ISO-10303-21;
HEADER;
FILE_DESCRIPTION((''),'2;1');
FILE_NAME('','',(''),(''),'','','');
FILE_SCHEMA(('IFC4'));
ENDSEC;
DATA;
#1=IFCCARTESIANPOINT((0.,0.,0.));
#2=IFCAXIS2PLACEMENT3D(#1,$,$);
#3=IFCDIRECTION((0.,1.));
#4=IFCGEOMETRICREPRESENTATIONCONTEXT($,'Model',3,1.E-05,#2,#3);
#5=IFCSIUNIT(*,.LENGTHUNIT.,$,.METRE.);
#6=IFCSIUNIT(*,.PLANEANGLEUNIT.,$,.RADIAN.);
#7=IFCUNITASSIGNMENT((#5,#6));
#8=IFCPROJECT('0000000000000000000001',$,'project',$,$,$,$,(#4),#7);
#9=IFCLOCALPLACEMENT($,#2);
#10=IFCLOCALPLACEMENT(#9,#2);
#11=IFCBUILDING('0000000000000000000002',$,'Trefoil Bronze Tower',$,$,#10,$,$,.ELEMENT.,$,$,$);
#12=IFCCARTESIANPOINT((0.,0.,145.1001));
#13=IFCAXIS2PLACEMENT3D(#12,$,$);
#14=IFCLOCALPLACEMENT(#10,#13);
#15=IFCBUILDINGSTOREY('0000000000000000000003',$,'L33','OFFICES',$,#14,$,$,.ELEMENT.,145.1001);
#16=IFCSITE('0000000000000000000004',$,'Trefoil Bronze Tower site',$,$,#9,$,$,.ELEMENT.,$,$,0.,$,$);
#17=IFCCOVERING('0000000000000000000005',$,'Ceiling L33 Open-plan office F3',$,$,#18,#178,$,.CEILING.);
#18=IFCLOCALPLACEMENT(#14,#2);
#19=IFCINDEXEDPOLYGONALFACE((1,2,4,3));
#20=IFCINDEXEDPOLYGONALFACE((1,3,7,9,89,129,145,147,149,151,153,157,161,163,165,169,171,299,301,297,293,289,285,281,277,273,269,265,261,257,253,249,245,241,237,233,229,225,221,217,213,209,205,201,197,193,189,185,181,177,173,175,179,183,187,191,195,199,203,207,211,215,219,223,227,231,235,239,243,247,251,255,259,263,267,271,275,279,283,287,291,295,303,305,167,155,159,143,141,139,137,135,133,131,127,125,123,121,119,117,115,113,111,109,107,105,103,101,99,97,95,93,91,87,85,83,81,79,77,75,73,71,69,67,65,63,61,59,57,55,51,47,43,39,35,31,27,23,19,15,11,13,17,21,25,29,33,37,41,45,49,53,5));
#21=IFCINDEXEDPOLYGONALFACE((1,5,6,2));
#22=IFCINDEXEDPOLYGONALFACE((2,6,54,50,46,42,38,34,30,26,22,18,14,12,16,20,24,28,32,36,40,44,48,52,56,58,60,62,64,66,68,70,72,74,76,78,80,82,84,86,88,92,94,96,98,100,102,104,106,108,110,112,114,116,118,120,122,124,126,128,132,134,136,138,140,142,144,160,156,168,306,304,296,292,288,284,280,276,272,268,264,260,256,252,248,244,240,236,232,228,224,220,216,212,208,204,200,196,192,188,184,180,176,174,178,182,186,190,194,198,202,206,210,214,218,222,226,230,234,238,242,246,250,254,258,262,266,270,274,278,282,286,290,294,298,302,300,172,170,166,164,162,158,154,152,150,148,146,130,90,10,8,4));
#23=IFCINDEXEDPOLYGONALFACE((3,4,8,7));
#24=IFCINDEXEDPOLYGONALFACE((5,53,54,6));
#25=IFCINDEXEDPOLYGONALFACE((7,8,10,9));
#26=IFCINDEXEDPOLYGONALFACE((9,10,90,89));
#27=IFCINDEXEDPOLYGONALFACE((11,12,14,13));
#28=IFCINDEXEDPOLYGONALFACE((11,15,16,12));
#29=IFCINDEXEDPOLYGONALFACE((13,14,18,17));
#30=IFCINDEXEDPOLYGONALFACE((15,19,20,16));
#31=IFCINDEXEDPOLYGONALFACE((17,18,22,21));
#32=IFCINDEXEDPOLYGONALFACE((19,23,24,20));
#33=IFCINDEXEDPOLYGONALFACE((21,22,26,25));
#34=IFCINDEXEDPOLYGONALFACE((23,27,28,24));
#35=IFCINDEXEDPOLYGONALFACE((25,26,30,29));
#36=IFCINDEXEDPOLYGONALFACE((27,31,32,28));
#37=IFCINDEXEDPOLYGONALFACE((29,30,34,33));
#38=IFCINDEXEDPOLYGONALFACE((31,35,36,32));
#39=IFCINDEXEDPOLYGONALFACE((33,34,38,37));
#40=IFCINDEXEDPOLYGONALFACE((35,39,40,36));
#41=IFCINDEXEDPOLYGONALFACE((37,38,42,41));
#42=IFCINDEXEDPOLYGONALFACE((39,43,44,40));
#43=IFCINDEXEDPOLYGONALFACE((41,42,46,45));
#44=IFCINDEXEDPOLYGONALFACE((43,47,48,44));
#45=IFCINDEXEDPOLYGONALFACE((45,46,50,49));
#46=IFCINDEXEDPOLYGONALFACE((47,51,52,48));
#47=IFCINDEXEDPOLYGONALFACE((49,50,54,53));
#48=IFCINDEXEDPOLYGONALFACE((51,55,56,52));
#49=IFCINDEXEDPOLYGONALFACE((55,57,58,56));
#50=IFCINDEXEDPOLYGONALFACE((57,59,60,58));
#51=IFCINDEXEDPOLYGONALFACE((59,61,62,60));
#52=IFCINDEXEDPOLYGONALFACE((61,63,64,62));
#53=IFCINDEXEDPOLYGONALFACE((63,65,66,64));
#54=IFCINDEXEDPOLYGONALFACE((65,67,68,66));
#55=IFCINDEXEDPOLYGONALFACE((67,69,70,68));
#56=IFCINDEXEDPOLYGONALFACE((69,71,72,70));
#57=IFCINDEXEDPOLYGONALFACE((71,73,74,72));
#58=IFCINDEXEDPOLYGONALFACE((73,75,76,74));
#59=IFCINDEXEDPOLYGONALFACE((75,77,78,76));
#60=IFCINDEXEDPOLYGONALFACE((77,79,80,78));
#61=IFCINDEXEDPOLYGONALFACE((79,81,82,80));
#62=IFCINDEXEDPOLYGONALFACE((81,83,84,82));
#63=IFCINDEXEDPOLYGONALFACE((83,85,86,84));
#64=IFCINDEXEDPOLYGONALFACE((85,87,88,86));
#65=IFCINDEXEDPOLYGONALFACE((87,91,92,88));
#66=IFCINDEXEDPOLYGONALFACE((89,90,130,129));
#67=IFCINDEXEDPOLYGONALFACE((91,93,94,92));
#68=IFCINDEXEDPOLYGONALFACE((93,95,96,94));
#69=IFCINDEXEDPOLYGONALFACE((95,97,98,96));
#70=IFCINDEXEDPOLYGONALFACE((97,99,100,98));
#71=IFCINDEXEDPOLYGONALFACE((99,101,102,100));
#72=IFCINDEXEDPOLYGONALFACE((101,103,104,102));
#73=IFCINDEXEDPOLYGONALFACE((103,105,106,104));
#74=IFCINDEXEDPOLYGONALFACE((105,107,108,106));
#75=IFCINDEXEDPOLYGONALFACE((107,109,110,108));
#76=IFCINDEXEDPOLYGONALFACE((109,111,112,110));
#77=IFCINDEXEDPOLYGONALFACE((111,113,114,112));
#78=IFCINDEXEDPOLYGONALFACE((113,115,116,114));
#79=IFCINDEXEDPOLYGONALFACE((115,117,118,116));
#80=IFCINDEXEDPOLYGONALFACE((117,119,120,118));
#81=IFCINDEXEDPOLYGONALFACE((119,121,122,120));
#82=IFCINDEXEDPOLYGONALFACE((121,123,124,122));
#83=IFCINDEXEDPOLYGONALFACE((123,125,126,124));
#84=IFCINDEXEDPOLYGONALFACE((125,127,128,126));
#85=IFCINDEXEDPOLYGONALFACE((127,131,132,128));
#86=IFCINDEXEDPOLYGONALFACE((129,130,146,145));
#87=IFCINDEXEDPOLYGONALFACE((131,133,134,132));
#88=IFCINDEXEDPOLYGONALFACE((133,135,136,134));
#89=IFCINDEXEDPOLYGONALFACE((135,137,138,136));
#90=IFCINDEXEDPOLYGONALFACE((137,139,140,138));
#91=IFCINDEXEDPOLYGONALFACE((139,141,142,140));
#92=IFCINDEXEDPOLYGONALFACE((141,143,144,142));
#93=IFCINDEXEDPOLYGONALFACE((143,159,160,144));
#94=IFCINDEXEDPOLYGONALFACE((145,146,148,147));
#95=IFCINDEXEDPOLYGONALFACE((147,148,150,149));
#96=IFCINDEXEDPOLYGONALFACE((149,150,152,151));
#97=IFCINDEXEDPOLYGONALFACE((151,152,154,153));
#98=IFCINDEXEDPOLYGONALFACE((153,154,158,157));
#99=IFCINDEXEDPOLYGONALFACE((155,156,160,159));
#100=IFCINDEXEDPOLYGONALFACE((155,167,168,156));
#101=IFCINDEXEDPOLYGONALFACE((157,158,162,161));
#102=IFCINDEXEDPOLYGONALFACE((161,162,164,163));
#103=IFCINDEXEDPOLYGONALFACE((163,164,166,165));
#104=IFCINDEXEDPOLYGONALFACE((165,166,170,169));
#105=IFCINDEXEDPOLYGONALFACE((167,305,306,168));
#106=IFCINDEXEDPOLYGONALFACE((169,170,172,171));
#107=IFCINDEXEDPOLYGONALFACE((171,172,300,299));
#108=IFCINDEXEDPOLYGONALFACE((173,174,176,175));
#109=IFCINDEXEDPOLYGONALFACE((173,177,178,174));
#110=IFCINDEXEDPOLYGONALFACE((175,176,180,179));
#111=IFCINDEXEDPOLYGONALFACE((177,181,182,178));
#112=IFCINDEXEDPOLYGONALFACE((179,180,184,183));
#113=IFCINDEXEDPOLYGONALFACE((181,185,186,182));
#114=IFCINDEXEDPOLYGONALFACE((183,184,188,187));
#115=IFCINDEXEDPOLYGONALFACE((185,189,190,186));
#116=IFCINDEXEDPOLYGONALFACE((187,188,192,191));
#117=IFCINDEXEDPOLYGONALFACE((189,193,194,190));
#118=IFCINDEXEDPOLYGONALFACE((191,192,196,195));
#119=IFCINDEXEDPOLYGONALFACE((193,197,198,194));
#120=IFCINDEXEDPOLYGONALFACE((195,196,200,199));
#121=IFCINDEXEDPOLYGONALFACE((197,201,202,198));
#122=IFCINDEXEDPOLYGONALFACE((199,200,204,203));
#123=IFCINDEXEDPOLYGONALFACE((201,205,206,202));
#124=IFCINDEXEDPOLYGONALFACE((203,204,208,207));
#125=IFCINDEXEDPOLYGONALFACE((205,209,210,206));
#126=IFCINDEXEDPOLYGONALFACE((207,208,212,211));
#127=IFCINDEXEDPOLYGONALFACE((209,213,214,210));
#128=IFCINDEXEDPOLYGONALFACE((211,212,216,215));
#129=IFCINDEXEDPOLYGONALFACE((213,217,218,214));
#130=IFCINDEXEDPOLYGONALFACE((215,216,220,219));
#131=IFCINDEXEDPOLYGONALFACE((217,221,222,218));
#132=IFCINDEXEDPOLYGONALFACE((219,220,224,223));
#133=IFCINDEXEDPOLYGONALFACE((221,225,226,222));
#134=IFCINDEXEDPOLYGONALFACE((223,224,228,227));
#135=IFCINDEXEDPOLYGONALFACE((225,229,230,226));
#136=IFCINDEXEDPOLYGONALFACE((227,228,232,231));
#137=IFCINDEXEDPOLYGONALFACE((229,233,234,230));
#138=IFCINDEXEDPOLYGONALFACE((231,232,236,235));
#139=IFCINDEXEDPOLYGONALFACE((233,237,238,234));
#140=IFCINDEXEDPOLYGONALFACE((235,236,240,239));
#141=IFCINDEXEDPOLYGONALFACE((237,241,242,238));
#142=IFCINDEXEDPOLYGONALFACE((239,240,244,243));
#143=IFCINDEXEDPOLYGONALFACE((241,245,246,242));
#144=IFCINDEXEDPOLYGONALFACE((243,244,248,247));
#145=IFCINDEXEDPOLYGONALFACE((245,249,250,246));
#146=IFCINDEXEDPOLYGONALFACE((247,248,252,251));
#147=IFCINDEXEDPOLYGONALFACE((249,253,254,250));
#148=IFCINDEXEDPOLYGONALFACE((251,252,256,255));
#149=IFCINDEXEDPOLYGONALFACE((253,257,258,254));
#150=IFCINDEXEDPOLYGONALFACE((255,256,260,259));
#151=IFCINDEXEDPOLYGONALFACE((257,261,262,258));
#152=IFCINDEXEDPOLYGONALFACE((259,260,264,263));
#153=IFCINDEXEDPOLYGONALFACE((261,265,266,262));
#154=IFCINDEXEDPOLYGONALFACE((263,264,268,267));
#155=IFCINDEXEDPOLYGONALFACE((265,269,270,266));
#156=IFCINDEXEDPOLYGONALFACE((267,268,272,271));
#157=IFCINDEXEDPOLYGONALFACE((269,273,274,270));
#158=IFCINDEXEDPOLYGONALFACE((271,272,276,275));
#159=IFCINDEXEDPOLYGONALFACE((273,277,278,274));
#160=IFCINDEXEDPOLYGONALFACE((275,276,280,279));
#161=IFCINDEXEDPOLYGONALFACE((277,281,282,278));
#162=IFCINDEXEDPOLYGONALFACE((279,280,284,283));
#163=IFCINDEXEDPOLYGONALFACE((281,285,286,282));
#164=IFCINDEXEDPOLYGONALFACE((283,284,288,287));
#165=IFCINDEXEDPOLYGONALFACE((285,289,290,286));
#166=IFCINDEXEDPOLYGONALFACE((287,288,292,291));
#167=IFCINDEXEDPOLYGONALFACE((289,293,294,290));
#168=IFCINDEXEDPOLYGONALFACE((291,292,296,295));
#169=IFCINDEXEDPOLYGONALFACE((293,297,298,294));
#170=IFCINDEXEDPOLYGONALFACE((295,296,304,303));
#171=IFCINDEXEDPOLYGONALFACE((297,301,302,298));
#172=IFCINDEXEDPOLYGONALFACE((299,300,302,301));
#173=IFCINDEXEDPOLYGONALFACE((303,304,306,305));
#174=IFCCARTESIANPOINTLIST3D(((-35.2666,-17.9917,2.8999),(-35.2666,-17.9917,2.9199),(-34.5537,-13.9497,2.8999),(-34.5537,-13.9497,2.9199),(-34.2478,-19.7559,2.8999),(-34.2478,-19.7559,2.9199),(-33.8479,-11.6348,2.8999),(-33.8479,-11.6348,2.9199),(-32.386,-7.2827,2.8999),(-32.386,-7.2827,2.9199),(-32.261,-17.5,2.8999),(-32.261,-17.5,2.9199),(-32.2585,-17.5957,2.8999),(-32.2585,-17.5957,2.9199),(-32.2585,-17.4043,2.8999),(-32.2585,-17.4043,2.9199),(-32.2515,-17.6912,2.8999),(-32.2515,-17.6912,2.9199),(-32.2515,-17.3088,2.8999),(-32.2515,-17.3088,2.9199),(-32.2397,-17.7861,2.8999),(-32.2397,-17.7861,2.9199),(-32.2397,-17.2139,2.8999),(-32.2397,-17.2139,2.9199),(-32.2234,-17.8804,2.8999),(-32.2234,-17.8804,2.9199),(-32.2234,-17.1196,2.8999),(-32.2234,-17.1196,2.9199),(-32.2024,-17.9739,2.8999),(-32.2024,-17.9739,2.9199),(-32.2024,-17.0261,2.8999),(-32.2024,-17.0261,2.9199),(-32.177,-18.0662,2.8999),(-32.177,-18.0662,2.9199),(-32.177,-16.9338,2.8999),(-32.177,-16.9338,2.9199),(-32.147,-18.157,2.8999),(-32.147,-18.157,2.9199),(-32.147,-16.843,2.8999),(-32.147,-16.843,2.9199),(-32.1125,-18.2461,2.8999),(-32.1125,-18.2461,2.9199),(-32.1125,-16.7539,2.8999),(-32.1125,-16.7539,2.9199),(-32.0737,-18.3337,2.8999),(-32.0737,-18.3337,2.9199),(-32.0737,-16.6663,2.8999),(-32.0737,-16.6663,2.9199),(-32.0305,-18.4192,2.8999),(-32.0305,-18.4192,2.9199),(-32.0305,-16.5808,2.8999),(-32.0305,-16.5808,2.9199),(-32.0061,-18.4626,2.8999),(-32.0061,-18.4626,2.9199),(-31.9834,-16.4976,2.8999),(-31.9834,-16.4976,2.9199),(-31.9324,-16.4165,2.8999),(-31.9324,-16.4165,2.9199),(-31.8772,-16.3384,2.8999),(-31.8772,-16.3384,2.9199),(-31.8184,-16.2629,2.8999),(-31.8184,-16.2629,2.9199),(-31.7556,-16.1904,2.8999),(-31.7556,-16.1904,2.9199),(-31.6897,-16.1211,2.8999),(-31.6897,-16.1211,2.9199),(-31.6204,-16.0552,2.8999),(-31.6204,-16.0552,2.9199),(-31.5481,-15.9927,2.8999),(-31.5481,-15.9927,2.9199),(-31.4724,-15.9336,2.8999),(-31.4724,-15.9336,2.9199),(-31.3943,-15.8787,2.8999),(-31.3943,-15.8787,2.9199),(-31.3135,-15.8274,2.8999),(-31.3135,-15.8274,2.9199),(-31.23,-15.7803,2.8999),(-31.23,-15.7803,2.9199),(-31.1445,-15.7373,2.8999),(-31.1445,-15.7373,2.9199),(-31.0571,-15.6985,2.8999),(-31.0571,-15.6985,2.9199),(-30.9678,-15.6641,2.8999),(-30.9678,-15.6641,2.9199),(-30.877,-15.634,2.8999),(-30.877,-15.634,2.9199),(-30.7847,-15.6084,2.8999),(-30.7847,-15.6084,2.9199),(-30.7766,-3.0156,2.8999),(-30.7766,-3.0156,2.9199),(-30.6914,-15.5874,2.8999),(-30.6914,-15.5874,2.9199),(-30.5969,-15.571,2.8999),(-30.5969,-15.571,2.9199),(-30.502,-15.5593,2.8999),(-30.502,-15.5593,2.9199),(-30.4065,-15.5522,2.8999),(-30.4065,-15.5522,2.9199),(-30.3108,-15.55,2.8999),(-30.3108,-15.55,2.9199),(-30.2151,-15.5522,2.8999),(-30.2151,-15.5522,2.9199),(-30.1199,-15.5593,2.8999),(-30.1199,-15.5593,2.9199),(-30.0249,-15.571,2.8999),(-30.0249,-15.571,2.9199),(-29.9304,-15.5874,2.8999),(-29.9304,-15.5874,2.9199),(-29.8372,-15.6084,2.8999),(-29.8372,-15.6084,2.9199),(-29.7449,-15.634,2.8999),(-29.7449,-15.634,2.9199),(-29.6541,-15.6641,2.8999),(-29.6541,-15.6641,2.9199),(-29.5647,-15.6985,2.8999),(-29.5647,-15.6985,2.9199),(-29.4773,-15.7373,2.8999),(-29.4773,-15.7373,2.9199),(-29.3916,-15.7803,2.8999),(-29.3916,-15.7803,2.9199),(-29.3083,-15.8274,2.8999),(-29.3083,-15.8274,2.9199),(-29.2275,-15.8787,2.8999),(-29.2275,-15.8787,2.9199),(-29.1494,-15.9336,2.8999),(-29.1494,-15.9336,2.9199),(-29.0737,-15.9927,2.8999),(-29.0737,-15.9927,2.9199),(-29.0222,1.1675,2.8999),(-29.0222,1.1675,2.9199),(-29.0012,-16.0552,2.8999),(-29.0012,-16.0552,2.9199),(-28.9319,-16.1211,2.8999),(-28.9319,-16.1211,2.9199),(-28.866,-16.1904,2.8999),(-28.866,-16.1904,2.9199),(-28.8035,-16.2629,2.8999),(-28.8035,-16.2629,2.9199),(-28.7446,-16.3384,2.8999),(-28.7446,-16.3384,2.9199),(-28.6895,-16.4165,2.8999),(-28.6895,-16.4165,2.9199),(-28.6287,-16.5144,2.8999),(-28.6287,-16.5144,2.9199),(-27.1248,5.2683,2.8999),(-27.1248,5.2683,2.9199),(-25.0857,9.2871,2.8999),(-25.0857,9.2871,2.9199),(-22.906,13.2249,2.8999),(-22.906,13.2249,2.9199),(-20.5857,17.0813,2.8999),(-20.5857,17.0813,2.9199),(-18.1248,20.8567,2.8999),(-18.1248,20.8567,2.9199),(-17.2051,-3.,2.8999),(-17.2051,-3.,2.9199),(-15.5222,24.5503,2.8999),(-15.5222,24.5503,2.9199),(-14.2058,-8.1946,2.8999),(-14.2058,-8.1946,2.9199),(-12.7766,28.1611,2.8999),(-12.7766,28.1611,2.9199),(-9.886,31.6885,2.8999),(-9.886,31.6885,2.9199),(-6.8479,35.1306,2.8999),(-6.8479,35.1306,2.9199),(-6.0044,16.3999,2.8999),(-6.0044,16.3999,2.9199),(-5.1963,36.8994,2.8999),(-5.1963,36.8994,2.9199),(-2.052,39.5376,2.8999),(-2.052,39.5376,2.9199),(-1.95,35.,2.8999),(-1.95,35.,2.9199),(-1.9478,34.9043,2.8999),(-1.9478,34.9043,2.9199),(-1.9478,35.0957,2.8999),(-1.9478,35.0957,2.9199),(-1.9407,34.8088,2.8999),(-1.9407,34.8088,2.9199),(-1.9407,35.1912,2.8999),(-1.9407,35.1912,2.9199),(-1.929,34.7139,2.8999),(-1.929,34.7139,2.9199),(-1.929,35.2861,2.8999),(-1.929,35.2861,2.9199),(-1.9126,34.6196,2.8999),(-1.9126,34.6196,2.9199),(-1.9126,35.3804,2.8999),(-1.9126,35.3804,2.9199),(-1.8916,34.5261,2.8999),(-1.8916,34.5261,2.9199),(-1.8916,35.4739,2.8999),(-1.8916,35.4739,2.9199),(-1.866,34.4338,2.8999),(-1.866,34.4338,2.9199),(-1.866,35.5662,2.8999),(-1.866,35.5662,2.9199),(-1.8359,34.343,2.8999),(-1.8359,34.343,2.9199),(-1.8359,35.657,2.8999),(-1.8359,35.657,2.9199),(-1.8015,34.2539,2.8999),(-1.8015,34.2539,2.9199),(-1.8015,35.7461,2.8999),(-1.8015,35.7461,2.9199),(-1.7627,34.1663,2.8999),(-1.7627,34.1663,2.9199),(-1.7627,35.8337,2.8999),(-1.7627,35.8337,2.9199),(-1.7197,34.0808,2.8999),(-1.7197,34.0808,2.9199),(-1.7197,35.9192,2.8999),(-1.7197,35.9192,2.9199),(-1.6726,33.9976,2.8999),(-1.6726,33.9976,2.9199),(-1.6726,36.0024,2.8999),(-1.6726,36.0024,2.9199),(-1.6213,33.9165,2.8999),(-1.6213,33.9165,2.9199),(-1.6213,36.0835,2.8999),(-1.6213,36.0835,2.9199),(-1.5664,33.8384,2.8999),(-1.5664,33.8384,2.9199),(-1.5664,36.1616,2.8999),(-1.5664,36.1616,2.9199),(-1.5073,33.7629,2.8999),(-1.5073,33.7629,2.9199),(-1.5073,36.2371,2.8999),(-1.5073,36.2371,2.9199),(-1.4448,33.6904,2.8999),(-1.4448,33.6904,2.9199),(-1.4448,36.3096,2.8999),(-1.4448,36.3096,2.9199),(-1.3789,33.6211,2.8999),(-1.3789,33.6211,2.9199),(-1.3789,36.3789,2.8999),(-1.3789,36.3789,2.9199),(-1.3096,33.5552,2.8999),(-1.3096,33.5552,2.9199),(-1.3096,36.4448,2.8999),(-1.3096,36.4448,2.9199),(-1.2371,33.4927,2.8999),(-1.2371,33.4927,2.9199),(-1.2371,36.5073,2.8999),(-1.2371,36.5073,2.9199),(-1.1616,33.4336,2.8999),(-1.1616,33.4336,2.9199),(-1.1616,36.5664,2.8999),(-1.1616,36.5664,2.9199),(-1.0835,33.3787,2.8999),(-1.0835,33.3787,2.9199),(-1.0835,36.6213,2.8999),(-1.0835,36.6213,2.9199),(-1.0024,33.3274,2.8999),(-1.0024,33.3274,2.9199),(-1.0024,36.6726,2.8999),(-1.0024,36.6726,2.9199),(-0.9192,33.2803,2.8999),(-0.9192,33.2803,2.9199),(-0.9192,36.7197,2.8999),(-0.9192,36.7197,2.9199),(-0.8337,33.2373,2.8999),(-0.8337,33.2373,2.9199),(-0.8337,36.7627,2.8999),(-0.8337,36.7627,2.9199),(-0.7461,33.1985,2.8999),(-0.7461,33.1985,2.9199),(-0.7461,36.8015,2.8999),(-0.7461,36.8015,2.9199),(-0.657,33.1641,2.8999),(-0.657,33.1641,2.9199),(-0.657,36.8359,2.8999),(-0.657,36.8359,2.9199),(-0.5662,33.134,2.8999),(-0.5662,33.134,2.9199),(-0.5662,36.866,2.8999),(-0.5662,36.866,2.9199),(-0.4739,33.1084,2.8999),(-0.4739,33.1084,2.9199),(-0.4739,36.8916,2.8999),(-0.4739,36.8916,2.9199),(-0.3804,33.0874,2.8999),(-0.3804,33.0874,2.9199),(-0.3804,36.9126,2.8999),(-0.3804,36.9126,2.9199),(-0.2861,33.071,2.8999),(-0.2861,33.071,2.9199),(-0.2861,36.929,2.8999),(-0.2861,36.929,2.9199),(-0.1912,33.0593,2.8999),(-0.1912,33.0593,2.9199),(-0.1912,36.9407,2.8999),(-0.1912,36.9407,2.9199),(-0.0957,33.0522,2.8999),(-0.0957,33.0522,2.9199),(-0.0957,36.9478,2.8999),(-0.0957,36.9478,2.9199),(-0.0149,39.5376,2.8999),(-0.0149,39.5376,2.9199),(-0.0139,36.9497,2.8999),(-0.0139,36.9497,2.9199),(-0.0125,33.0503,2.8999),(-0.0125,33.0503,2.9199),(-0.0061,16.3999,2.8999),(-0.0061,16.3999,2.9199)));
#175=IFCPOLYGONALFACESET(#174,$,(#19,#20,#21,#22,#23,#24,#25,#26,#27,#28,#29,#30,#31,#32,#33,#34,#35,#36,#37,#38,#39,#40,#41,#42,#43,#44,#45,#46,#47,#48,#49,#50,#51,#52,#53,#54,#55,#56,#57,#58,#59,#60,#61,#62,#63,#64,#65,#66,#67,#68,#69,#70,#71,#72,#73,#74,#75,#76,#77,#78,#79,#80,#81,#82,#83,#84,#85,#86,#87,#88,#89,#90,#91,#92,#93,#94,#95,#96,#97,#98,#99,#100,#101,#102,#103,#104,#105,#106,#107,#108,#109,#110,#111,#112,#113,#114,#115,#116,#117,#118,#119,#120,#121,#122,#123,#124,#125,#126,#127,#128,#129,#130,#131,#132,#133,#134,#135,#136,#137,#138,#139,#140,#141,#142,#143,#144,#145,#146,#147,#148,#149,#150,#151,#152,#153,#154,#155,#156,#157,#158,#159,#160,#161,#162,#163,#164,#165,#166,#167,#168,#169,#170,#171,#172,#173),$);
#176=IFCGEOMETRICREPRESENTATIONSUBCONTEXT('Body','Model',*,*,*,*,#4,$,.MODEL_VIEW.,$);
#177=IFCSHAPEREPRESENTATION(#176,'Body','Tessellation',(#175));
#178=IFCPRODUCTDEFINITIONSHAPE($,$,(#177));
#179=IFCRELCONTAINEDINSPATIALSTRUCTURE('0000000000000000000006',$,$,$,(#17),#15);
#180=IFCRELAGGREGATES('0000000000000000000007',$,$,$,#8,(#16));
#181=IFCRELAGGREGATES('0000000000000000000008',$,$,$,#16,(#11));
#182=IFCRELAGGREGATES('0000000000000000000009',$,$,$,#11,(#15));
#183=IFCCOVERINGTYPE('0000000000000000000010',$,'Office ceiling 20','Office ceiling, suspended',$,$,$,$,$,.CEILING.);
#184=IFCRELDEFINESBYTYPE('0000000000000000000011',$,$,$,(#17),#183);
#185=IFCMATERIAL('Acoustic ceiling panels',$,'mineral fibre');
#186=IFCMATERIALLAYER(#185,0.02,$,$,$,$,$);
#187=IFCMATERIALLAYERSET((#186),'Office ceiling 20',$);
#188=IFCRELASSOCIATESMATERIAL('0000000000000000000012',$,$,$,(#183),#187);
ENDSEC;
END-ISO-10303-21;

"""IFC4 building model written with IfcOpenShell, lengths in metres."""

from ifc_helpers import new_model, si_unit, direction, frame, origin, place, context, subcontext, project, spatial, polyline, outline, extrude, material, layer, layer_set, type_object, element, save


model = new_model("IFC4")

# Units and contexts
model_context = context("Model", 3, precision=1e-05, world=origin(), true_north=direction((0.0, 1.0)))
body_context = subcontext(model_context, "Body", "Model", "MODEL_VIEW")
ifc_project = project(units=[si_unit("LENGTHUNIT", "METRE"), si_unit("PLANEANGLEUNIT", "RADIAN")], contexts=[model_context])

# Site, building, storey
site_placement = place(None, origin())
site = spatial("IfcSite", under=ifc_project, at=site_placement, Name="Trefoil Bronze Tower site", CompositionType="ELEMENT", RefElevation=0.0)
building_placement = place(site_placement, origin())
building = spatial("IfcBuilding", under=site, at=building_placement, Name="Trefoil Bronze Tower", CompositionType="ELEMENT")
storey_placement = place(building_placement, frame((0.0, 0.0, 145.1001)))
storey = spatial("IfcBuildingStorey", under=building, at=storey_placement, Name="L33", Description="OFFICES", CompositionType="ELEMENT", Elevation=145.1001)

# Covering
ifc_material_1 = material(Name="Acoustic ceiling panels", Category="mineral fibre")
ifc_layer_1 = layer(ifc_material_1, 0.02)
ifc_layer_set_1 = layer_set([ifc_layer_1], Name="Office ceiling 20")
covering_type_1 = type_object("IfcCoveringType", Name="Office ceiling 20", Description="Office ceiling, suspended", PredefinedType="CEILING", material=ifc_layer_set_1)
covering_1_placement = place(storey_placement, frame((0.0, 0.0, 2.8999)))
element("IfcCovering", 1, at=covering_1_placement, inside=storey, type_object=covering_type_1, Name="Ceiling L33 Open-plan office F3", PredefinedType="CEILING", context=body_context, shape_type="SweptSolid", body=[
    extrude(outline(polyline([(-33.8479, -11.6348), (-32.386, -7.2827), (-30.7766, -3.0156), (-29.0222, 1.1675), (-27.1248, 5.2683), (-25.0857, 9.2871), (-22.906, 13.2249), (-20.5857, 17.0813), (-18.1248, 20.8567), (-15.5222, 24.5503), (-12.7766, 28.1611), (-9.886, 31.6885), (-6.8479, 35.1306), (-5.1963, 36.8994), (-2.052, 39.5376), (-0.0149, 39.5376), (-0.0139, 36.9497), (-0.0957, 36.9478), (-0.1912, 36.9407), (-0.2861, 36.929), (-0.3804, 36.9126), (-0.4739, 36.8916), (-0.5662, 36.866), (-0.657, 36.8359), (-0.7461, 36.8015), (-0.8337, 36.7627), (-0.9192, 36.7197), (-1.0024, 36.6726), (-1.0835, 36.6213), (-1.1616, 36.5664), (-1.2371, 36.5073), (-1.3096, 36.4448), (-1.3789, 36.3789), (-1.4448, 36.3096), (-1.5073, 36.2371), (-1.5664, 36.1616), (-1.6213, 36.0835), (-1.6726, 36.0024), (-1.7197, 35.9192), (-1.7627, 35.8337), (-1.8015, 35.7461), (-1.8359, 35.657), (-1.866, 35.5662), (-1.8916, 35.4739), (-1.9126, 35.3804), (-1.929, 35.2861), (-1.9407, 35.1912), (-1.9478, 35.0957), (-1.95, 35.0), (-1.9478, 34.9043), (-1.9407, 34.8088), (-1.929, 34.7139), (-1.9126, 34.6196), (-1.8916, 34.5261), (-1.866, 34.4338), (-1.8359, 34.343), (-1.8015, 34.2539), (-1.7627, 34.1663), (-1.7197, 34.0808), (-1.6726, 33.9976), (-1.6213, 33.9165), (-1.5664, 33.8384), (-1.5073, 33.7629), (-1.4448, 33.6904), (-1.3789, 33.6211), (-1.3096, 33.5552), (-1.2371, 33.4927), (-1.1616, 33.4336), (-1.0835, 33.3787), (-1.0024, 33.3274), (-0.9192, 33.2803), (-0.8337, 33.2373), (-0.7461, 33.1985), (-0.657, 33.1641), (-0.5662, 33.134), (-0.4739, 33.1084), (-0.3804, 33.0874), (-0.2861, 33.071), (-0.1912, 33.0593), (-0.0957, 33.0522), (-0.0125, 33.0503), (-0.0061, 16.3999), (-6.0044, 16.3999), (-17.2051, -3.0), (-14.2058, -8.1946), (-28.6287, -16.5144), (-28.6895, -16.4165), (-28.7446, -16.3384), (-28.8035, -16.2629), (-28.866, -16.1904), (-28.9319, -16.1211), (-29.0012, -16.0552), (-29.0737, -15.9927), (-29.1494, -15.9336), (-29.2275, -15.8787), (-29.3083, -15.8274), (-29.3916, -15.7803), (-29.4773, -15.7373), (-29.5647, -15.6985), (-29.6541, -15.6641), (-29.7449, -15.634), (-29.8372, -15.6084), (-29.9304, -15.5874), (-30.0249, -15.571), (-30.1199, -15.5593), (-30.2151, -15.5522), (-30.3108, -15.55), (-30.4065, -15.5522), (-30.502, -15.5593), (-30.5969, -15.571), (-30.6914, -15.5874), (-30.7847, -15.6084), (-30.877, -15.634), (-30.9678, -15.6641), (-31.0571, -15.6985), (-31.1445, -15.7373), (-31.23, -15.7803), (-31.3135, -15.8274), (-31.3943, -15.8787), (-31.4724, -15.9336), (-31.5481, -15.9927), (-31.6204, -16.0552), (-31.6897, -16.1211), (-31.7556, -16.1904), (-31.8184, -16.2629), (-31.8772, -16.3384), (-31.9324, -16.4165), (-31.9834, -16.4976), (-32.0305, -16.5808), (-32.0737, -16.6663), (-32.1125, -16.7539), (-32.147, -16.843), (-32.177, -16.9338), (-32.2024, -17.0261), (-32.2234, -17.1196), (-32.2397, -17.2139), (-32.2515, -17.3088), (-32.2585, -17.4043), (-32.261, -17.5), (-32.2585, -17.5957), (-32.2515, -17.6912), (-32.2397, -17.7861), (-32.2234, -17.8804), (-32.2024, -17.9739), (-32.177, -18.0662), (-32.147, -18.157), (-32.1125, -18.2461), (-32.0737, -18.3337), (-32.0305, -18.4192), (-32.0061, -18.4626), (-34.2478, -19.7559), (-35.2666, -17.9917), (-34.5537, -13.9497), (-33.8479, -11.6348)])), origin(), (0.0, 0.0, 1.0), 0.02),
])

save(model, "model.ifc")
